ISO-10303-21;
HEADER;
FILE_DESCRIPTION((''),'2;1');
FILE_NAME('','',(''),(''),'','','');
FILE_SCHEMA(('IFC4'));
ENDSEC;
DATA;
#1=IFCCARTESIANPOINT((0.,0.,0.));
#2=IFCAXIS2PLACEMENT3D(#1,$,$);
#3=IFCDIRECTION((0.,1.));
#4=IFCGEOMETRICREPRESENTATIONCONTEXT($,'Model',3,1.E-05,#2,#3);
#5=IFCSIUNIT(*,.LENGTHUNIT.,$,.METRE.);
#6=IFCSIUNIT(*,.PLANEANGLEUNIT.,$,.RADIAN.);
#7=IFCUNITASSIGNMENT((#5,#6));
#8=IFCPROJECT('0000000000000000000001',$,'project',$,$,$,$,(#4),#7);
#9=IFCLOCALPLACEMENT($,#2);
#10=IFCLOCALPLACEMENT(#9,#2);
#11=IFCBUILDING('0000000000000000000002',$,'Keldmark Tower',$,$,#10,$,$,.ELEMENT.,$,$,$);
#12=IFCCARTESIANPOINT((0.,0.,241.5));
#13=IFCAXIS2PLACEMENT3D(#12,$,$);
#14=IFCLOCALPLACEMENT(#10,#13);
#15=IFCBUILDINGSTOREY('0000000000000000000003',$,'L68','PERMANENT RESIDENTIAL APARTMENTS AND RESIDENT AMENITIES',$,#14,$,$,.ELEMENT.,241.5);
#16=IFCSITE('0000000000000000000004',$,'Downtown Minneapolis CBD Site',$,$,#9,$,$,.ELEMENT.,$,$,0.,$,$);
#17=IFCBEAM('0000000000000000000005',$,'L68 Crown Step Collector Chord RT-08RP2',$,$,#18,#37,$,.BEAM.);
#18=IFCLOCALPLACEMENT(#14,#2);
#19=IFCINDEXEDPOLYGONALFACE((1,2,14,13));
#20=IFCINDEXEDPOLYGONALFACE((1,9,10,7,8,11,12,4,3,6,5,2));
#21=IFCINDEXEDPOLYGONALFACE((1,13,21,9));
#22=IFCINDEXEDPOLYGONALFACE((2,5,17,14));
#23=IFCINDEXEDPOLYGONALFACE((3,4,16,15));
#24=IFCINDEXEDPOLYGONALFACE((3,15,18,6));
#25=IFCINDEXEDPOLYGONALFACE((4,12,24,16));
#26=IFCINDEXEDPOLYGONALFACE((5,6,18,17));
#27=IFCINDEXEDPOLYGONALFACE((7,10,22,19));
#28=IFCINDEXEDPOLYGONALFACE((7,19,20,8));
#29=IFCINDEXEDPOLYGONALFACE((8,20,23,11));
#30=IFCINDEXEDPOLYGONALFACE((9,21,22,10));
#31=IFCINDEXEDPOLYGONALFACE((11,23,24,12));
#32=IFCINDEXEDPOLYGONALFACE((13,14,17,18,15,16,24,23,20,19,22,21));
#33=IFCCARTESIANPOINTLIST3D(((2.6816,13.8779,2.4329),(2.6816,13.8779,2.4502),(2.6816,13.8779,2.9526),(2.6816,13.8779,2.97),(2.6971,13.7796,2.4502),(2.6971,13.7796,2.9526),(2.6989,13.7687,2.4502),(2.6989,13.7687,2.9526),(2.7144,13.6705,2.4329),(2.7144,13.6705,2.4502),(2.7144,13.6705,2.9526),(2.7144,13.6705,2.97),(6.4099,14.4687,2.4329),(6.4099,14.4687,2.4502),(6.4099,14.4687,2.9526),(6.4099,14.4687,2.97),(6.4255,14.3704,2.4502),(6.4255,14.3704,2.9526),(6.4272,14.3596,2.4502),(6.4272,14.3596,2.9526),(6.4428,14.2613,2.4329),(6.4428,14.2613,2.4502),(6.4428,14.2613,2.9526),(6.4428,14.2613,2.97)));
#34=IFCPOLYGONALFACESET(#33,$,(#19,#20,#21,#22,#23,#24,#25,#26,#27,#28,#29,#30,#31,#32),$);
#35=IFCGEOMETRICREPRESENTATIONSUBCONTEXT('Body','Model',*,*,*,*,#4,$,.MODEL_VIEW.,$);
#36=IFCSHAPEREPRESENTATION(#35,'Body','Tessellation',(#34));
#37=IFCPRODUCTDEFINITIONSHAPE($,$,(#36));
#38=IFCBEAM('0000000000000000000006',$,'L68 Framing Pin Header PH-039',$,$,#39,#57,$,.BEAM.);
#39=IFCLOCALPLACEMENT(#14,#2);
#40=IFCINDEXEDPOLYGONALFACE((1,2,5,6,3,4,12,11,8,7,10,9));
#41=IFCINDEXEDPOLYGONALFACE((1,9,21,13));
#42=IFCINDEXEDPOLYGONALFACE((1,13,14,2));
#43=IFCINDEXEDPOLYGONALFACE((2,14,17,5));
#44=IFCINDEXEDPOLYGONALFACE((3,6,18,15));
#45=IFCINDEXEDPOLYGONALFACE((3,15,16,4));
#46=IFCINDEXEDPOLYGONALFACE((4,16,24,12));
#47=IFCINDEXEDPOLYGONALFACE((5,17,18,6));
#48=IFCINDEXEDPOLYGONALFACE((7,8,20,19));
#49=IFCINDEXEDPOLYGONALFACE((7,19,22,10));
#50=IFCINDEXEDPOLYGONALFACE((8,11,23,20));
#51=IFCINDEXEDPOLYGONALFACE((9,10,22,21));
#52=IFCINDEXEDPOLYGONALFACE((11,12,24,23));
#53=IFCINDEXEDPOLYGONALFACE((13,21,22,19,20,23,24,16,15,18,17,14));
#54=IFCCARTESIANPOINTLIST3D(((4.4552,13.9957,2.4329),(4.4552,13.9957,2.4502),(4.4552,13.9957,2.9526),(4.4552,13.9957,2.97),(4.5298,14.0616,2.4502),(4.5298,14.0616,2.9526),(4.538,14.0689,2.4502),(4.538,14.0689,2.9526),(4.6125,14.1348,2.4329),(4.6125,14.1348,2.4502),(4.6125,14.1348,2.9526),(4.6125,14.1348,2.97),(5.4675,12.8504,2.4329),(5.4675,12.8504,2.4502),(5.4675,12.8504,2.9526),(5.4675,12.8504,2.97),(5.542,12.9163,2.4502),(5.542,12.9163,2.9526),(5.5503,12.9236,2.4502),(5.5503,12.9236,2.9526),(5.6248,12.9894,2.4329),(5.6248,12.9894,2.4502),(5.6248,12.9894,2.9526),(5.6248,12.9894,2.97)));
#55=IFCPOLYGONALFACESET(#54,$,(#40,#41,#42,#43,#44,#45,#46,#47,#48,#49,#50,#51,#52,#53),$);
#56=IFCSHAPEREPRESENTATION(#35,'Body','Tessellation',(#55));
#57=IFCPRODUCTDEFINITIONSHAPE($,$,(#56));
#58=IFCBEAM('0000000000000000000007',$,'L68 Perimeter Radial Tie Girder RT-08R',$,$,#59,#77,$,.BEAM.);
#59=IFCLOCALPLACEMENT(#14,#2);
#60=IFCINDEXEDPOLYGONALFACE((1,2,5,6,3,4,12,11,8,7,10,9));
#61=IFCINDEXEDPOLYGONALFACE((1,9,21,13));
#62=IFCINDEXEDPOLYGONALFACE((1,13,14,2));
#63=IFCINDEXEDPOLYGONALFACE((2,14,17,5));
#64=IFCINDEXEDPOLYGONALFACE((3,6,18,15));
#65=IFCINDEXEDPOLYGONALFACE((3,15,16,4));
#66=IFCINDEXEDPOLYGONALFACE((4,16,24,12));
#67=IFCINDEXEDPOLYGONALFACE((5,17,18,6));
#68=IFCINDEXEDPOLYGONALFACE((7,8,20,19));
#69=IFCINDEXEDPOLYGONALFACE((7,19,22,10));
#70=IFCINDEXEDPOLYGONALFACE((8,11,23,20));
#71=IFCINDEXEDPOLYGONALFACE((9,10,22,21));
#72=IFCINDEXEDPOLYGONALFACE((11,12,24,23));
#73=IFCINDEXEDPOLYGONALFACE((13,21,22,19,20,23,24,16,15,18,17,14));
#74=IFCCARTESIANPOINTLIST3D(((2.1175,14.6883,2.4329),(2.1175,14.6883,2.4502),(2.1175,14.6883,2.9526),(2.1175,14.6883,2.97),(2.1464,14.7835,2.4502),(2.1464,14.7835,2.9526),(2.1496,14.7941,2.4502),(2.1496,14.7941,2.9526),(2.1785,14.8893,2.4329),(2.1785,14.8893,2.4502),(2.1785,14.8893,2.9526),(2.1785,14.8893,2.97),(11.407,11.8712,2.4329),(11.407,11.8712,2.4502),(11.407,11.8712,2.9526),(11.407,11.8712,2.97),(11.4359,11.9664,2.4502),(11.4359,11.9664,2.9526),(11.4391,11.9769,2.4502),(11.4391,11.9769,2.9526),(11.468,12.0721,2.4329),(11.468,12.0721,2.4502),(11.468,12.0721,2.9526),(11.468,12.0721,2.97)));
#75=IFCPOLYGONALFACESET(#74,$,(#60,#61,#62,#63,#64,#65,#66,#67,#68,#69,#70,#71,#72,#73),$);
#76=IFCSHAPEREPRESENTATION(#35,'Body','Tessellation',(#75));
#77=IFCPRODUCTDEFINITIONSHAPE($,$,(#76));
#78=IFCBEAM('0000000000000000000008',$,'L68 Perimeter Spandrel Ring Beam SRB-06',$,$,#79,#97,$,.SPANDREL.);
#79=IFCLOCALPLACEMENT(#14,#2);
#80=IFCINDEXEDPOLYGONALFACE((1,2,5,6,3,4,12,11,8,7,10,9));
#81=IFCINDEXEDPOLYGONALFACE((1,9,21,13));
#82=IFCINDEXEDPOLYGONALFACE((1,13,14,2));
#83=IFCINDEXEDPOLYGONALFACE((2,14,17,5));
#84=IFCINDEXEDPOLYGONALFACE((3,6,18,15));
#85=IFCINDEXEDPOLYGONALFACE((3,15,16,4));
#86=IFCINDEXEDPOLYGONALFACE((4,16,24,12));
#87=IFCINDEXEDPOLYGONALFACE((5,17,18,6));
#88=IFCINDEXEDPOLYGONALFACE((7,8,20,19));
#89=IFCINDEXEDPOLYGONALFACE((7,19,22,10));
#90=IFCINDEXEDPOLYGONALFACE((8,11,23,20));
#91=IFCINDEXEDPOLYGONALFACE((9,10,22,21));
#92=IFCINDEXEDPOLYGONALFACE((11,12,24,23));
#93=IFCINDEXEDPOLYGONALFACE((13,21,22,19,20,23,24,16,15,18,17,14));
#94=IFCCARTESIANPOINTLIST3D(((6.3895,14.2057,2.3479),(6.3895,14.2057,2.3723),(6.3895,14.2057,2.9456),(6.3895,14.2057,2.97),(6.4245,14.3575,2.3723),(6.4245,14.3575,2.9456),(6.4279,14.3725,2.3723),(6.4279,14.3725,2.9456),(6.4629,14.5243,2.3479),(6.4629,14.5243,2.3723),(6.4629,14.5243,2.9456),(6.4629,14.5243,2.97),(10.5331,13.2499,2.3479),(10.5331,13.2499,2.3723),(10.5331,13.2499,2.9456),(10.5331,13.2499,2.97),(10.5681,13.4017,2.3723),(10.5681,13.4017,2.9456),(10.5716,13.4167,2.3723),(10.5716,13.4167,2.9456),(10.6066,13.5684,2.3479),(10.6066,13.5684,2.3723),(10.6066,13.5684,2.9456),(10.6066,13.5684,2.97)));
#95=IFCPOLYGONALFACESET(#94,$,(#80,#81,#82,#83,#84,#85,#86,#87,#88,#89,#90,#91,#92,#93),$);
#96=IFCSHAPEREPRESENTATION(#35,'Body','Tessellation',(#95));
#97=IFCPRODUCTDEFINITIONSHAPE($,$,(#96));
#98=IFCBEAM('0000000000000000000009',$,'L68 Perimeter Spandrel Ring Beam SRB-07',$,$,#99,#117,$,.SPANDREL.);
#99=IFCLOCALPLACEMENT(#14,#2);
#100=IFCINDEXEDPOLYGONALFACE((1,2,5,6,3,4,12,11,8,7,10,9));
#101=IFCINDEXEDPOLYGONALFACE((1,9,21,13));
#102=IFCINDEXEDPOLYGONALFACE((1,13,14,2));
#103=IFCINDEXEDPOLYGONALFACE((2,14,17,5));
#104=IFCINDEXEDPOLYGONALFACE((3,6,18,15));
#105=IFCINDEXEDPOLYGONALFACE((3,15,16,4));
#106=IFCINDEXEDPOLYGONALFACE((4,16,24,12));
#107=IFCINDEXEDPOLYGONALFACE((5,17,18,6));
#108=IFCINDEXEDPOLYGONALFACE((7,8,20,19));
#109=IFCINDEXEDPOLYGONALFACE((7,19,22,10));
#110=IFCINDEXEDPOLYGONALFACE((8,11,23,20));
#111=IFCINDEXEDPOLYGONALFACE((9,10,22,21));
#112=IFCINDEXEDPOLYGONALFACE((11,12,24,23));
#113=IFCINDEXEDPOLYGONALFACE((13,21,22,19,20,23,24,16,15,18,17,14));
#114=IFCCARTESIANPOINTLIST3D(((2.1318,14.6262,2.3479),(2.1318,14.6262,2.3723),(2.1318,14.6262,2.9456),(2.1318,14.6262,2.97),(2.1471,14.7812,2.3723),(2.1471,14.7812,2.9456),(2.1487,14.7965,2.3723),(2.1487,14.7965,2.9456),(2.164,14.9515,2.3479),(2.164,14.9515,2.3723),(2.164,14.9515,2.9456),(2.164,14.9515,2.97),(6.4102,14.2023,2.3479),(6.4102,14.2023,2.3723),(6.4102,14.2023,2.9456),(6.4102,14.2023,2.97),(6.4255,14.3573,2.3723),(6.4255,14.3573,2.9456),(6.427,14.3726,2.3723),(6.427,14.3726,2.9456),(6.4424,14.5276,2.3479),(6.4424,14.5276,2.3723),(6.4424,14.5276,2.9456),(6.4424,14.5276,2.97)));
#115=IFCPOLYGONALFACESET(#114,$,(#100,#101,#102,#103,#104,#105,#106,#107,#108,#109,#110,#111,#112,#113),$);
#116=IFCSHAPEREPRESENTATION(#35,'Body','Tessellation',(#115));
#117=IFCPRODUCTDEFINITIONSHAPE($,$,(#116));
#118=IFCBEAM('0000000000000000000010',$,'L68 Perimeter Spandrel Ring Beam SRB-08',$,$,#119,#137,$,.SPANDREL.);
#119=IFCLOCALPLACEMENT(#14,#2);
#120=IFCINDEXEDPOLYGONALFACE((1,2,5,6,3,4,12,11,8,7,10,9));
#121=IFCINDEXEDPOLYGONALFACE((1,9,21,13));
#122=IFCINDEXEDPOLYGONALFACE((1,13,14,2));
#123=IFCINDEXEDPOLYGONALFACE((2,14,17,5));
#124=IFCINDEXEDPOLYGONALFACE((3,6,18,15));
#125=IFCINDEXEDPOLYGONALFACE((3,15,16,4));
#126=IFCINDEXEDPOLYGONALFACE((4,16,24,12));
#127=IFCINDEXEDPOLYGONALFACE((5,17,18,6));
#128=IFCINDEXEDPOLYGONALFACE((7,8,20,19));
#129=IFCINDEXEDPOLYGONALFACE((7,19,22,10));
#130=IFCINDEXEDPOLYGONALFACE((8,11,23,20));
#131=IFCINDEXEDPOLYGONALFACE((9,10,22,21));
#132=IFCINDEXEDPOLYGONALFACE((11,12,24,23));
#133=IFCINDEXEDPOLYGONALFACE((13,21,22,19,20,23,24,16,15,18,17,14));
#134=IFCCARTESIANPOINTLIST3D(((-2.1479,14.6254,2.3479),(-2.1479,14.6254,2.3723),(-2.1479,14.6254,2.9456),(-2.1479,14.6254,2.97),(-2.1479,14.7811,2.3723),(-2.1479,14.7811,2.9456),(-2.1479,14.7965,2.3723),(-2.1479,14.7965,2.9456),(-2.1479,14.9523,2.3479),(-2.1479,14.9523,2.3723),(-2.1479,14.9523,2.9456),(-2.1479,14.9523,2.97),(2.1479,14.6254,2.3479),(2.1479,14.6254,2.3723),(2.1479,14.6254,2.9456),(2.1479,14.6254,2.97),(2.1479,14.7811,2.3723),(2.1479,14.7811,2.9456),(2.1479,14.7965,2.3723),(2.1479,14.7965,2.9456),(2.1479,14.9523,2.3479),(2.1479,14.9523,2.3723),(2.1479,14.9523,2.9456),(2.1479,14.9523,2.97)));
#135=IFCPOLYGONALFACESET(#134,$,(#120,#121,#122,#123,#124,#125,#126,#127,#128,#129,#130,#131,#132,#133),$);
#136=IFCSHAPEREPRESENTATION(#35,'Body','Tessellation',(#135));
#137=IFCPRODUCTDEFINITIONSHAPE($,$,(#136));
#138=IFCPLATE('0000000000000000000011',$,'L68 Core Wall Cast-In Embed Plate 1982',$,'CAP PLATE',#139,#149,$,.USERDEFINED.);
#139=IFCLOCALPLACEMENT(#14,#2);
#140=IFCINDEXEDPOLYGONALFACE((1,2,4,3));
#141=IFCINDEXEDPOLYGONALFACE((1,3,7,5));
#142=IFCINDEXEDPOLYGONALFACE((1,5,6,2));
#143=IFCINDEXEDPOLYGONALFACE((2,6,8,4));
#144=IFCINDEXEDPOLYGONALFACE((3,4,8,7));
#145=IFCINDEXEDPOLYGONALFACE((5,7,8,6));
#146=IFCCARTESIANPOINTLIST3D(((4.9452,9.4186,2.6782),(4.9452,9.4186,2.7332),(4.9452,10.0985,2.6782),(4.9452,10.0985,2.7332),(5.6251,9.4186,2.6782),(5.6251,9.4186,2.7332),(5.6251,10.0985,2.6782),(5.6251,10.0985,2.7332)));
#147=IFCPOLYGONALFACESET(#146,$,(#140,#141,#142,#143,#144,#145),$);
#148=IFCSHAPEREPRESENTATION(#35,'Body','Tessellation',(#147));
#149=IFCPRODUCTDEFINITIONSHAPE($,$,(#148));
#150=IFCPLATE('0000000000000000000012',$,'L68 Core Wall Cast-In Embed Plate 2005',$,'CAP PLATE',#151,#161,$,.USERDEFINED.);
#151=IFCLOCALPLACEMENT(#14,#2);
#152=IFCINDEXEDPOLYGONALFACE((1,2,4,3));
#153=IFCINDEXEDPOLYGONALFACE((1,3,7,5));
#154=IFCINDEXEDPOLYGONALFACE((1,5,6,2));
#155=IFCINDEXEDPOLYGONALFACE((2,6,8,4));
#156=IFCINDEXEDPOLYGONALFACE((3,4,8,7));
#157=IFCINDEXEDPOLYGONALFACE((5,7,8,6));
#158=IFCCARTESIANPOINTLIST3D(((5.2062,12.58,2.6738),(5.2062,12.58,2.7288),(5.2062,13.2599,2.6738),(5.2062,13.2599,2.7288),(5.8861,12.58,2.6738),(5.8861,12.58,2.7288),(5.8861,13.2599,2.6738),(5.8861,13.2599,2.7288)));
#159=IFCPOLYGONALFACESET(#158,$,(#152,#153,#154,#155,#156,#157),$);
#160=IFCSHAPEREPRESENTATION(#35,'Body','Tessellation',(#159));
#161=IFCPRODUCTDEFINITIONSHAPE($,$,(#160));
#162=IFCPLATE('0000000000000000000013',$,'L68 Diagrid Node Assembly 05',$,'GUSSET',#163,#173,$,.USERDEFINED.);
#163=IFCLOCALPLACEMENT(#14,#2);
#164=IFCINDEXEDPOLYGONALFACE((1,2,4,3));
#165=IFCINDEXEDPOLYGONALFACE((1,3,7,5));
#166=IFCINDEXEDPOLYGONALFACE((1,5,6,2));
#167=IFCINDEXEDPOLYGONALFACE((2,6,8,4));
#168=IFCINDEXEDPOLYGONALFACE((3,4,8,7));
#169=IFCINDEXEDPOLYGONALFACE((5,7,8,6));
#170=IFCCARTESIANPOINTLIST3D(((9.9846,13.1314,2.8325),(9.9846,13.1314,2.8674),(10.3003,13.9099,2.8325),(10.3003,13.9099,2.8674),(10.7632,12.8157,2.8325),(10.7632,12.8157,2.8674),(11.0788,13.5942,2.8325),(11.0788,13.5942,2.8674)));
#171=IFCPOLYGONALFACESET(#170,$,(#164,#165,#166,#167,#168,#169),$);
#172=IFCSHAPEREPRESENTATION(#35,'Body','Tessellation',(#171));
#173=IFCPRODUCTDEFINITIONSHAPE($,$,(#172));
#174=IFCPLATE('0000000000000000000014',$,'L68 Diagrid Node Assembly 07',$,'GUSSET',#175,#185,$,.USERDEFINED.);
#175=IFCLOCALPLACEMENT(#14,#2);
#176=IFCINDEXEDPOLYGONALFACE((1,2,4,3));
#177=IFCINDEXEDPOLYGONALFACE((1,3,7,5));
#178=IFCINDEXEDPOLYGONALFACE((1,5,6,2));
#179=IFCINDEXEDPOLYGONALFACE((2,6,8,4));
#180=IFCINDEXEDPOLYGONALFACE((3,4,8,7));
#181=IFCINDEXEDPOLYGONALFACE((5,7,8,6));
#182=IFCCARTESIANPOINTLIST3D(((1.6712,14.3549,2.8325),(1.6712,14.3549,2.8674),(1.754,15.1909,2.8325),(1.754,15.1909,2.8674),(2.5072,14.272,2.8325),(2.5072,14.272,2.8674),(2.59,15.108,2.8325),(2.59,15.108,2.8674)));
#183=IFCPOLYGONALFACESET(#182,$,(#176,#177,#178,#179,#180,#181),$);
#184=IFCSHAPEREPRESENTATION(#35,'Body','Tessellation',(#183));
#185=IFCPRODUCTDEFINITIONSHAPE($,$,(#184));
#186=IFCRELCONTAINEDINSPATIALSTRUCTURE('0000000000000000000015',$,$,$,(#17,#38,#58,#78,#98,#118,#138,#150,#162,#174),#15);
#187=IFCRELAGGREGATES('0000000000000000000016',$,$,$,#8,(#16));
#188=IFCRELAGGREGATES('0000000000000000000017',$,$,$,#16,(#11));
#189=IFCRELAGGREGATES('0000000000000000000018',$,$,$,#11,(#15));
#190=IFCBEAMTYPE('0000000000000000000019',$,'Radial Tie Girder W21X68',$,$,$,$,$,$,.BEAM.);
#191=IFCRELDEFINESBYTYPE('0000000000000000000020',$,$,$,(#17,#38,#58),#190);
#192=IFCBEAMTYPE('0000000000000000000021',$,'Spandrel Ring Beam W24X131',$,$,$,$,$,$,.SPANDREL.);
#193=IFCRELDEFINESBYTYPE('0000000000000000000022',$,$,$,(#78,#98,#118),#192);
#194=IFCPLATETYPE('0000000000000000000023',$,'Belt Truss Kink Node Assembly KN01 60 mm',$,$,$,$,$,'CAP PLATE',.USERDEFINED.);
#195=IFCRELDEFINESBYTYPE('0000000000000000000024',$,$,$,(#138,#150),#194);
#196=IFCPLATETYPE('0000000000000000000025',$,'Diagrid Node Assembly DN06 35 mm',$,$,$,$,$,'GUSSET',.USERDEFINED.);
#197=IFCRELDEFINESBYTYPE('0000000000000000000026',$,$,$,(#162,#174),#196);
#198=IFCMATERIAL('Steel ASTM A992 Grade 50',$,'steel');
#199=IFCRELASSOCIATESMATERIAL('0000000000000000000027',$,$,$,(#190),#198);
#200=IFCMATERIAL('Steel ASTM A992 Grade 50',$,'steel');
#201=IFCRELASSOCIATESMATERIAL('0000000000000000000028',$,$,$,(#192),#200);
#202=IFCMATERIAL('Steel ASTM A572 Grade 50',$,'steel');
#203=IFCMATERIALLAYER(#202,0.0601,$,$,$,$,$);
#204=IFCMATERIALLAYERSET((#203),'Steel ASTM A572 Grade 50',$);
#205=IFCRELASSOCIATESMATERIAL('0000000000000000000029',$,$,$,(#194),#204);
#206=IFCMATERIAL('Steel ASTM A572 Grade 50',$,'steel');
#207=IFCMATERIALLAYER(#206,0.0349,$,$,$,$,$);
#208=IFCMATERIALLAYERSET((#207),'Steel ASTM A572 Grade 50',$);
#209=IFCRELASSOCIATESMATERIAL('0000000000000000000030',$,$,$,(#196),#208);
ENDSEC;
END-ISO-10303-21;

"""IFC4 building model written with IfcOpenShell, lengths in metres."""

from ifc_helpers import new_model, si_unit, direction, frame, origin, origin_2d, place, context, subcontext, project, spatial, rectangle, i_section, extrude, material, layer, layer_set, material_profile, profile_set, type_object, element, save


model = new_model("IFC4")

# Units and contexts
model_context = context("Model", 3, precision=1e-05, world=origin(), true_north=direction((0.0, 1.0)))
body_context = subcontext(model_context, "Body", "Model", "MODEL_VIEW")
ifc_project = project(units=[si_unit("LENGTHUNIT", "METRE"), si_unit("PLANEANGLEUNIT", "RADIAN")], contexts=[model_context])

# Site, building, storey
site_placement = place(None, origin())
site = spatial("IfcSite", under=ifc_project, at=site_placement, Name="Downtown Minneapolis CBD Site", CompositionType="ELEMENT", RefElevation=0.0)
building_placement = place(site_placement, origin())
building = spatial("IfcBuilding", under=site, at=building_placement, Name="Keldmark Tower", CompositionType="ELEMENT")
storey_placement = place(building_placement, frame((0.0, 0.0, 241.5)))
storey = spatial("IfcBuildingStorey", under=building, at=storey_placement, Name="L68", Description="PERMANENT RESIDENTIAL APARTMENTS AND RESIDENT AMENITIES", CompositionType="ELEMENT", Elevation=241.5)

# Beams
ifc_material_1 = material(Name="Steel ASTM A992 Grade 50", Category="steel")
ifc_material_profile_1 = material_profile(ifc_material_1, i_section(OverallWidth=0.21, OverallDepth=0.5371, WebThickness=0.011, FlangeThickness=0.0173, at=origin_2d()), Name="W21X68")
ifc_profile_set_1 = profile_set([ifc_material_profile_1], Name="Steel ASTM A992 Grade 50")
beam_type_1 = type_object("IfcBeamType", Name="Radial Tie Girder W21X68", PredefinedType="BEAM", material=ifc_profile_set_1)
beam_1_placement = place(storey_placement, frame((2.698, 13.7742, 2.7014), z_axis=(0.987675, 0.156517, 0.0), x_axis=(-0.156517, 0.987675, 0.0)))
element("IfcBeam", 1, at=beam_1_placement, inside=storey, type_object=beam_type_1, Name="L68 Crown Step Collector Chord RT-08RP2", PredefinedType="BEAM", context=body_context, shape_type="SweptSolid", body=[
    extrude(i_section(OverallWidth=0.21, OverallDepth=0.5371, WebThickness=0.011, FlangeThickness=0.0173, at=origin_2d()), origin(), (0.0, 0.0, 1.0), 3.7749),
])
beam_2_placement = place(storey_placement, frame((5.5461, 12.9199, 2.7014), z_axis=(-0.66224, 0.749292, 0.0), x_axis=(-0.749292, -0.66224, 0.0)))
element("IfcBeam", 2, at=beam_2_placement, inside=storey, type_object=beam_type_1, Name="L68 Framing Pin Header PH-039", PredefinedType="BEAM", context=body_context, shape_type="SweptSolid", body=[
    extrude(i_section(OverallWidth=0.21, OverallDepth=0.5371, WebThickness=0.011, FlangeThickness=0.0173, at=origin_2d()), origin(), (0.0, 0.0, 1.0), 1.5286),
])
beam_3_placement = place(storey_placement, frame((11.4375, 11.9717, 2.7014), z_axis=(-0.956964, 0.290208, 0.0), x_axis=(-0.290208, -0.956964, 0.0)))
element("IfcBeam", 3, at=beam_3_placement, inside=storey, type_object=beam_type_1, Name="L68 Perimeter Radial Tie Girder RT-08R", PredefinedType="BEAM", context=body_context, shape_type="SweptSolid", body=[
    extrude(i_section(OverallWidth=0.21, OverallDepth=0.5371, WebThickness=0.011, FlangeThickness=0.0173, at=origin_2d()), origin(), (0.0, 0.0, 1.0), 9.7073),
])
ifc_material_2 = material(Name="Steel ASTM A992 Grade 50", Category="steel")
ifc_material_profile_2 = material_profile(ifc_material_2, i_section(OverallWidth=0.3269, OverallDepth=0.6221, WebThickness=0.0154, FlangeThickness=0.0244, at=origin_2d()), Name="W24X131")
ifc_profile_set_2 = profile_set([ifc_material_profile_2], Name="Steel ASTM A992 Grade 50")
beam_type_2 = type_object("IfcBeamType", Name="Spandrel Ring Beam W24X131", PredefinedType="SPANDREL", material=ifc_profile_set_2)
beam_4_placement = place(storey_placement, frame((10.5698, 13.4092, 2.6589), z_axis=(-0.974412, 0.224771, 0.0), x_axis=(-0.224771, -0.974412, 0.0)))
element("IfcBeam", 4, at=beam_4_placement, inside=storey, type_object=beam_type_2, Name="L68 Perimeter Spandrel Ring Beam SRB-06", PredefinedType="SPANDREL", context=body_context, shape_type="SweptSolid", body=[
    extrude(i_section(OverallWidth=0.3269, OverallDepth=0.6221, WebThickness=0.0154, FlangeThickness=0.0244, at=origin_2d()), origin(), (0.0, 0.0, 1.0), 4.2524),
])
beam_5_placement = place(storey_placement, frame((6.4263, 14.365, 2.6589), z_axis=(-0.995129, 0.098582, 0.0), x_axis=(-0.098582, -0.995129, 0.0)))
element("IfcBeam", 5, at=beam_5_placement, inside=storey, type_object=beam_type_2, Name="L68 Perimeter Spandrel Ring Beam SRB-07", PredefinedType="SPANDREL", context=body_context, shape_type="SweptSolid", body=[
    extrude(i_section(OverallWidth=0.3269, OverallDepth=0.6221, WebThickness=0.0154, FlangeThickness=0.0244, at=origin_2d()), origin(), (0.0, 0.0, 1.0), 4.2993),
])
beam_6_placement = place(storey_placement, frame((2.1479, 14.7888, 2.6589), z_axis=(-1.0, 0.0, 0.0), x_axis=(0.0, -1.0, 0.0)))
element("IfcBeam", 6, at=beam_6_placement, inside=storey, type_object=beam_type_2, Name="L68 Perimeter Spandrel Ring Beam SRB-08", PredefinedType="SPANDREL", context=body_context, shape_type="SweptSolid", body=[
    extrude(i_section(OverallWidth=0.3269, OverallDepth=0.6221, WebThickness=0.0154, FlangeThickness=0.0244, at=origin_2d()), origin(), (0.0, 0.0, 1.0), 4.2959),
])

# Plates
ifc_material_3 = material(Name="Steel ASTM A572 Grade 50", Category="steel")
ifc_layer_1 = layer(ifc_material_3, 0.0601)
ifc_layer_set_1 = layer_set([ifc_layer_1], Name="Steel ASTM A572 Grade 50")
plate_type_1 = type_object("IfcPlateType", Name="Belt Truss Kink Node Assembly KN01 60 mm", ElementType="CAP PLATE", PredefinedType="USERDEFINED", material=ifc_layer_set_1)
for number, where, z_axis, x_axis, name in (
    (7, (5.2852, 9.7585, 2.6782), (0.0, 0.0, 1.0), (1.0, 0.0, 0.0), "L68 Core Wall Cast-In Embed Plate 1982"),
    (8, (5.5461, 12.9199, 2.6738), (0.0, 0.0, 1.0), (1.0, 0.0, 0.0), "L68 Core Wall Cast-In Embed Plate 2005"),
):
    element("IfcPlate", number, at=place(storey_placement, frame(where, z_axis=z_axis, x_axis=x_axis)), inside=storey, type_object=plate_type_1, Name=name, ObjectType="CAP PLATE", PredefinedType="USERDEFINED", context=body_context, shape_type="SweptSolid", body=[
        extrude(rectangle(XDim=0.6799, YDim=0.6799, at=origin_2d()), origin(), (0.0, 0.0, 1.0), 0.0549),
    ])
ifc_material_4 = material(Name="Steel ASTM A572 Grade 50", Category="steel")
ifc_layer_2 = layer(ifc_material_4, 0.0349)
ifc_layer_set_2 = layer_set([ifc_layer_2], Name="Steel ASTM A572 Grade 50")
plate_type_2 = type_object("IfcPlateType", Name="Diagrid Node Assembly DN06 35 mm", ElementType="GUSSET", PredefinedType="USERDEFINED", material=ifc_layer_set_2)
for number, where, z_axis, x_axis, name in (
    (9, (10.5317, 13.3628, 2.8325), (0.0, 0.0, 1.0), (-0.926725, 0.375739, 0.0), "L68 Diagrid Node Assembly 05"),
    (10, (2.1306, 14.7314, 2.8325), (0.0, 0.0, 1.0), (-0.995125, 0.098625, 0.0), "L68 Diagrid Node Assembly 07"),
):
    element("IfcPlate", number, at=place(storey_placement, frame(where, z_axis=z_axis, x_axis=x_axis)), inside=storey, type_object=plate_type_2, Name=name, ObjectType="GUSSET", PredefinedType="USERDEFINED", context=body_context, shape_type="SweptSolid", body=[
        extrude(rectangle(XDim=0.8401, YDim=0.8401, at=origin_2d()), origin(), (0.0, 0.0, 1.0), 0.0349),
    ])

save(model, "model.ifc")
